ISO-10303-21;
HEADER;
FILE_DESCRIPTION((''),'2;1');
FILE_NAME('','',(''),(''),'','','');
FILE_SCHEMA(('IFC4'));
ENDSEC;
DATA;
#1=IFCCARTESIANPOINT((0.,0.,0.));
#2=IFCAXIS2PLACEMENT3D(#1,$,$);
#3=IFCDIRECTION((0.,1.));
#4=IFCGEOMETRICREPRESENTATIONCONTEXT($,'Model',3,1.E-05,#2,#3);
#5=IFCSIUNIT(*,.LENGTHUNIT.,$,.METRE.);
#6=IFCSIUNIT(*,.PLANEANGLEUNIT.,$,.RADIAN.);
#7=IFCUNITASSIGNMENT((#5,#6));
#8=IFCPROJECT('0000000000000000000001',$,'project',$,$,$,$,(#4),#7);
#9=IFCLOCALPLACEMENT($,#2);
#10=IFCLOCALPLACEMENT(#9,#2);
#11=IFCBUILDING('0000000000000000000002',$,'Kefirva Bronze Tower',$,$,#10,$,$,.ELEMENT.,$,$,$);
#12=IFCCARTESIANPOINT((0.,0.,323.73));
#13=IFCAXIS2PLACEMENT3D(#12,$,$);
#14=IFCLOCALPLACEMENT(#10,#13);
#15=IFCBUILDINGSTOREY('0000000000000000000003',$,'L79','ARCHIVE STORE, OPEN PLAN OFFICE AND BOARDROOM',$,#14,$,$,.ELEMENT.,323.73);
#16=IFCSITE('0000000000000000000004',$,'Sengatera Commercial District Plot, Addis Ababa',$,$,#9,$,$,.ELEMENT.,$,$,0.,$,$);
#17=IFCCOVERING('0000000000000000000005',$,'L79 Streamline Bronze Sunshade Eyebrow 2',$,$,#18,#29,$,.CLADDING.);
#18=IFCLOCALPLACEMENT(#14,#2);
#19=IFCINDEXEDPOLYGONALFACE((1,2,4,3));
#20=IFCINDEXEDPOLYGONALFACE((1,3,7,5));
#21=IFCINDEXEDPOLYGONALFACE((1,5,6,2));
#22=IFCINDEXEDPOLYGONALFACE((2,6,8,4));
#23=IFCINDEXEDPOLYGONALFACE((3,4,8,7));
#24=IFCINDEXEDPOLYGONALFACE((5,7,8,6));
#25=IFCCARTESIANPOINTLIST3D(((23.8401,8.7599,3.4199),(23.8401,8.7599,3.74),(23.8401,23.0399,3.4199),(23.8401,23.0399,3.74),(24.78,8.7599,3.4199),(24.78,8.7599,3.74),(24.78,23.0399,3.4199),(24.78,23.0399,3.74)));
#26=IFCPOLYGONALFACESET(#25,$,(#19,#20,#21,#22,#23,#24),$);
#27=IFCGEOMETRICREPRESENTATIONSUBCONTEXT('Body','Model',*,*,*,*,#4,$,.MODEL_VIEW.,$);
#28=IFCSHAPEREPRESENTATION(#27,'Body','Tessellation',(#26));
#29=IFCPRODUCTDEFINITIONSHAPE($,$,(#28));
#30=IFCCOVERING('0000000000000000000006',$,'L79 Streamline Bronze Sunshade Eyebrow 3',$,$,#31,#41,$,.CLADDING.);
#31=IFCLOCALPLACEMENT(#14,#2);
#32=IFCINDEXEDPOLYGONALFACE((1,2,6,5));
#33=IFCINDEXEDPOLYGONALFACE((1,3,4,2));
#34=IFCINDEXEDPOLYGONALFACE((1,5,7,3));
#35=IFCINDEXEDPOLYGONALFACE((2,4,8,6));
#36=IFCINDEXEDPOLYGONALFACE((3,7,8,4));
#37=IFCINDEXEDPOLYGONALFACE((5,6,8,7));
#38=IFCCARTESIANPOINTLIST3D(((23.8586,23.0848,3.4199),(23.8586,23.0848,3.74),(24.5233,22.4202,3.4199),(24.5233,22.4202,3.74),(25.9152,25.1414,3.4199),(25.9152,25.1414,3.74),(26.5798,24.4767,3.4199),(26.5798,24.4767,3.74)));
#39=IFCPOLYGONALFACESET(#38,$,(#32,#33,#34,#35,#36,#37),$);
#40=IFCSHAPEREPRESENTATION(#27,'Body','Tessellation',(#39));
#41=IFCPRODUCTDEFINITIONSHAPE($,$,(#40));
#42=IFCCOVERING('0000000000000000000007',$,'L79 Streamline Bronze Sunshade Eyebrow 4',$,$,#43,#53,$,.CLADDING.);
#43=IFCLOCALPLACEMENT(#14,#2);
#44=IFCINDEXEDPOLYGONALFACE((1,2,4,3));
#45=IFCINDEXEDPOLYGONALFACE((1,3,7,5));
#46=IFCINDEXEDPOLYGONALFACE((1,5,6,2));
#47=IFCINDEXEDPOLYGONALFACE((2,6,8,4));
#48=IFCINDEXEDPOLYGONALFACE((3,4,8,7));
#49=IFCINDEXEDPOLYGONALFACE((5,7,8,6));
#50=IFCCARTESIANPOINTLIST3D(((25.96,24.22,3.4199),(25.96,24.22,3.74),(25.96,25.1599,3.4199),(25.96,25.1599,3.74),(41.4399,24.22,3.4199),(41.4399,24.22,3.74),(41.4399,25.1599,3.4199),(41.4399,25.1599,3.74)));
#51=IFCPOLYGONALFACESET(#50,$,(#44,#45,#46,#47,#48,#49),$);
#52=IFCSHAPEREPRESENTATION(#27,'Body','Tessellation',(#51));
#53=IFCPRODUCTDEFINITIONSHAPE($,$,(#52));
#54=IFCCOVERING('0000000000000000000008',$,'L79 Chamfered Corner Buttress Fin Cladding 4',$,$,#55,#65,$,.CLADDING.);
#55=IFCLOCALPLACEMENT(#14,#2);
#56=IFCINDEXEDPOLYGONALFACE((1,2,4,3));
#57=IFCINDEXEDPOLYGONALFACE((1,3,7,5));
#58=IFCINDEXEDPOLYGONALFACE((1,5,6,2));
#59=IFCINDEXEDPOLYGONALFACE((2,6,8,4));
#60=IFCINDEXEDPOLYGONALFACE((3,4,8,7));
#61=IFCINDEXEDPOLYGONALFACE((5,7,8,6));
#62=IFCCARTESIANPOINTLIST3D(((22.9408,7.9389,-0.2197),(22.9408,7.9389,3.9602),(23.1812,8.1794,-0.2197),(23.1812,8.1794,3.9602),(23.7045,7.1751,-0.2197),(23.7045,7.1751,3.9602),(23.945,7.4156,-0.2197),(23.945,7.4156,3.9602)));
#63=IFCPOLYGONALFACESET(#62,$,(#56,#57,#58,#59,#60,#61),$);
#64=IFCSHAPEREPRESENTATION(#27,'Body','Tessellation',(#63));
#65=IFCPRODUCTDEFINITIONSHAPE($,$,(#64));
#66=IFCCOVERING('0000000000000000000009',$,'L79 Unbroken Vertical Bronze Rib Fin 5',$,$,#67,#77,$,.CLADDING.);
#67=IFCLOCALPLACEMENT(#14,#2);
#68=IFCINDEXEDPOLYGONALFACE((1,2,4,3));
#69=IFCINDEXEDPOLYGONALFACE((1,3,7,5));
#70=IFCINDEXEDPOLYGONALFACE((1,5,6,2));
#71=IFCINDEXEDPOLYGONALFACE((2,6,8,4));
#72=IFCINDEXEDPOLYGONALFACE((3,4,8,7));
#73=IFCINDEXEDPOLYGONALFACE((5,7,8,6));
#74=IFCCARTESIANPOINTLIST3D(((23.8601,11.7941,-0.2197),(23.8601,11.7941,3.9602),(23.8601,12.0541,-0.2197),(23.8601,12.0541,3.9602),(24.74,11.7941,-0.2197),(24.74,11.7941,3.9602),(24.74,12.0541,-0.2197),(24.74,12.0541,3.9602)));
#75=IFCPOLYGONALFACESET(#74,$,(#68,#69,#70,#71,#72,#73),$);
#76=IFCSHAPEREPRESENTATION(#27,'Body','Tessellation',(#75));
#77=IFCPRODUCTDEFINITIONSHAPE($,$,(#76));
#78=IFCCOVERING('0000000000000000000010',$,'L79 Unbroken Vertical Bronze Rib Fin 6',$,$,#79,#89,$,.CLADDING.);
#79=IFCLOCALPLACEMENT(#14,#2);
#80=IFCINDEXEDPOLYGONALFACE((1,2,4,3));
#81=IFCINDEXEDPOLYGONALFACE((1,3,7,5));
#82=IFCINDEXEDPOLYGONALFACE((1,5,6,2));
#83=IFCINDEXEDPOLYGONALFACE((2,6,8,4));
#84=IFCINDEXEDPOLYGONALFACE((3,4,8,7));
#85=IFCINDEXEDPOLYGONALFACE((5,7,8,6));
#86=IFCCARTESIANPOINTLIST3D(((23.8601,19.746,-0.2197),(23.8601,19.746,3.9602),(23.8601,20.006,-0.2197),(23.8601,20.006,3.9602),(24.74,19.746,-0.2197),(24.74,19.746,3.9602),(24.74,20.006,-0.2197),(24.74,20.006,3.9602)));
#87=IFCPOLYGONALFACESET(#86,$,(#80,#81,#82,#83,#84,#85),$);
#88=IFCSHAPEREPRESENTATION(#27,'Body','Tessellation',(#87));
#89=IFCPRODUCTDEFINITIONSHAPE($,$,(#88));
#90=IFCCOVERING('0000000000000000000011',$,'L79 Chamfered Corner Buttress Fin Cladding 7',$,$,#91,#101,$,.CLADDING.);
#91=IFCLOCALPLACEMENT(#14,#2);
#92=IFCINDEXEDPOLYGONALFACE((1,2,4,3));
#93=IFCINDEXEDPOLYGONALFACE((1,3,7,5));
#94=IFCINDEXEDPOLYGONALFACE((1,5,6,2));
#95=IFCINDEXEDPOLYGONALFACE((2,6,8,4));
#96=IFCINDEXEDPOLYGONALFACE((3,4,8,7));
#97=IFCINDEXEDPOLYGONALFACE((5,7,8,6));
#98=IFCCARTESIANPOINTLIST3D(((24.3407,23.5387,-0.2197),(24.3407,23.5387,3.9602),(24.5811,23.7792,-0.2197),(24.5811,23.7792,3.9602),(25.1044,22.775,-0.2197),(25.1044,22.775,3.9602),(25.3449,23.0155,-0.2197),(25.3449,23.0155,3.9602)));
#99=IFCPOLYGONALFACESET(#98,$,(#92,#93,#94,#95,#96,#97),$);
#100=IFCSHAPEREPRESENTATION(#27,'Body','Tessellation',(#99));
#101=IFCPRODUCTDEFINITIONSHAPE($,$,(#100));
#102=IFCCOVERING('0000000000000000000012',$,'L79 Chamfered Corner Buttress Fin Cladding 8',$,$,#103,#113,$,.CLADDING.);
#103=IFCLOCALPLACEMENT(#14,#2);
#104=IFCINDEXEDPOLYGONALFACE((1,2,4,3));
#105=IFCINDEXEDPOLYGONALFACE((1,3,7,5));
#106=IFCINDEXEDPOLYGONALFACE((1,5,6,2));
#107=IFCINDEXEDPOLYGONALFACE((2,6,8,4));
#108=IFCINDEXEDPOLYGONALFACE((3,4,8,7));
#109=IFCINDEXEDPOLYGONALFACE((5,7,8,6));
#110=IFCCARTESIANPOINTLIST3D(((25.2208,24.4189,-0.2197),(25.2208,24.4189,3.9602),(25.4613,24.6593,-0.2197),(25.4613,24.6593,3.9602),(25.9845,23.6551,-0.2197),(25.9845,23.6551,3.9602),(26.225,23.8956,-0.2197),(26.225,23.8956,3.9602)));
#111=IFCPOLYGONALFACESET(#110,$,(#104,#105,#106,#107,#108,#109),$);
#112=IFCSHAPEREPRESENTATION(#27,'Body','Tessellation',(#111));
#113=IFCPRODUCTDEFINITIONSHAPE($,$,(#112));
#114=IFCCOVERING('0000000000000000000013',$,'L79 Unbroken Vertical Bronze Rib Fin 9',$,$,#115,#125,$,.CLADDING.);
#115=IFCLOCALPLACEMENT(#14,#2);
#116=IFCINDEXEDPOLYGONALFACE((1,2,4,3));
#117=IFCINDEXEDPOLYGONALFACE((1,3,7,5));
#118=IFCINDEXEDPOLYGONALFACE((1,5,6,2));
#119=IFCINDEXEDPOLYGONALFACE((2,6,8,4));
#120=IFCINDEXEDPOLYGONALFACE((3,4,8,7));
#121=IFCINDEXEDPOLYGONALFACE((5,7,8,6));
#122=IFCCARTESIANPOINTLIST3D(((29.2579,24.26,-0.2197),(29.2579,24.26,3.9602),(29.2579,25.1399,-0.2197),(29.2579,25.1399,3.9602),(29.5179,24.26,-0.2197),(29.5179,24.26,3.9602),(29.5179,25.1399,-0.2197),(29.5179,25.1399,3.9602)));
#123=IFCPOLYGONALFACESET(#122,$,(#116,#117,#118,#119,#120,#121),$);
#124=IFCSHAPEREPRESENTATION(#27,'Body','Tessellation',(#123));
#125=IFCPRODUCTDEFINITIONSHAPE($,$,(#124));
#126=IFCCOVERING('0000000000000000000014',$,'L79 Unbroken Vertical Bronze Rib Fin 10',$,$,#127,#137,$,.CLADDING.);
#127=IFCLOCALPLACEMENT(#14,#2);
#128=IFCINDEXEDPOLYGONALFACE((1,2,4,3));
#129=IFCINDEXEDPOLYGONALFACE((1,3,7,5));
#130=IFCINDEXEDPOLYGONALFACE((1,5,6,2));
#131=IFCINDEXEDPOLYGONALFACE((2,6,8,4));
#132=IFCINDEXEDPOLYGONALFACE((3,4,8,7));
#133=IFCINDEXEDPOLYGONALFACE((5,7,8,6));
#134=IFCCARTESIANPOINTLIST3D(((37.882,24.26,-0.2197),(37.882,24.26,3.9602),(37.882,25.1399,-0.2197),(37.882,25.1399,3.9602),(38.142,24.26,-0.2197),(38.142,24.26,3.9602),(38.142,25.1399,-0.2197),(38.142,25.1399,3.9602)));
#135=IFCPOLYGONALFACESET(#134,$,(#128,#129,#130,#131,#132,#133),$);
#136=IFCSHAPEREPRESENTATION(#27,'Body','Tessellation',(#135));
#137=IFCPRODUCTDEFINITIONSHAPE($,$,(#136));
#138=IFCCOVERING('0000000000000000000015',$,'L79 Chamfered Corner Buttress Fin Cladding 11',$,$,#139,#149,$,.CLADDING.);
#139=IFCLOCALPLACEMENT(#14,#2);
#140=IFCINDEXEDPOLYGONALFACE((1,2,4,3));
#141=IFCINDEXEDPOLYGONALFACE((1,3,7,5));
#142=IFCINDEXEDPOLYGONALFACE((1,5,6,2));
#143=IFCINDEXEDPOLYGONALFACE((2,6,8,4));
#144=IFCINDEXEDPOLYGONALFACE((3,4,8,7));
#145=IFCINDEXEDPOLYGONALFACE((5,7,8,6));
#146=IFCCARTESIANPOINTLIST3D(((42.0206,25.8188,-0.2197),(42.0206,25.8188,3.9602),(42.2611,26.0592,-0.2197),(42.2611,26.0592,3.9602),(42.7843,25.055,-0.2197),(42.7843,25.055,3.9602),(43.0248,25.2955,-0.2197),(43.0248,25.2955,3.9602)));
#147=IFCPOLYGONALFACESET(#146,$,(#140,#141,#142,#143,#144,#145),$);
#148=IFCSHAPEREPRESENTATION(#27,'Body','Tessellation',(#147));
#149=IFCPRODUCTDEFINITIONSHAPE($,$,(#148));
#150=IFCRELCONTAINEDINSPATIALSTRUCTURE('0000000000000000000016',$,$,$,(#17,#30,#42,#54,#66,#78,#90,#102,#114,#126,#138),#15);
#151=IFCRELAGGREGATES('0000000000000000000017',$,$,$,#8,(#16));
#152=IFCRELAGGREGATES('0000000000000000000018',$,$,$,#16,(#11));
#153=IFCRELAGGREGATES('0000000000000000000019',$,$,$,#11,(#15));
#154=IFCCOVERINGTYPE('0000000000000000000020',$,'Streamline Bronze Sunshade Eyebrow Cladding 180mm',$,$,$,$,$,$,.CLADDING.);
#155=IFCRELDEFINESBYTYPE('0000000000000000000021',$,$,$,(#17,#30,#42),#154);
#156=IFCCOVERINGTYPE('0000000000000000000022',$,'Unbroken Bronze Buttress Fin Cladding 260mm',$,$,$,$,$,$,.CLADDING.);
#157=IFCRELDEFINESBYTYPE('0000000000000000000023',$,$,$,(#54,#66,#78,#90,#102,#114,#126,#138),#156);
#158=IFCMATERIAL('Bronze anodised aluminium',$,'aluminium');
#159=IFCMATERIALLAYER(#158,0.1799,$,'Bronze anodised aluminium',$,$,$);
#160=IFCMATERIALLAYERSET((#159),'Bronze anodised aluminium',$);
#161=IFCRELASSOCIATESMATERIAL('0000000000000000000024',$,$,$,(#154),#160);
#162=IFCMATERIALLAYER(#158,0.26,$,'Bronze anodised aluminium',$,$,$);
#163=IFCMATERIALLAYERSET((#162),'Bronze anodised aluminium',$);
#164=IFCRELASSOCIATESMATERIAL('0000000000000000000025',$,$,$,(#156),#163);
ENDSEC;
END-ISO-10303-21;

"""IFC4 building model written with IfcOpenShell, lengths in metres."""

from ifc_helpers import new_model, si_unit, direction, frame, origin, origin_2d, place, context, subcontext, project, spatial, rectangle, extrude, material, layer, layer_set, type_object, element, save


model = new_model("IFC4")

# Units and contexts
model_context = context("Model", 3, precision=1e-05, world=origin(), true_north=direction((0.0, 1.0)))
body_context = subcontext(model_context, "Body", "Model", "MODEL_VIEW")
ifc_project = project(units=[si_unit("LENGTHUNIT", "METRE"), si_unit("PLANEANGLEUNIT", "RADIAN")], contexts=[model_context])

# Site, building, storey
site_placement = place(None, origin())
site = spatial("IfcSite", under=ifc_project, at=site_placement, Name="Sengatera Commercial District Plot, Addis Ababa", CompositionType="ELEMENT", RefElevation=0.0)
building_placement = place(site_placement, origin())
building = spatial("IfcBuilding", under=site, at=building_placement, Name="Kefirva Bronze Tower", CompositionType="ELEMENT")
storey_placement = place(building_placement, frame((0.0, 0.0, 323.73)))
storey = spatial("IfcBuildingStorey", under=building, at=storey_placement, Name="L79", Description="ARCHIVE STORE, OPEN PLAN OFFICE AND BOARDROOM", CompositionType="ELEMENT", Elevation=323.73)

# Shared definitions
ifc_material_1 = material(Name="Bronze anodised aluminium", Category="aluminium")

# Coverings
ifc_layer_1 = layer(ifc_material_1, 0.1799, Name="Bronze anodised aluminium")
ifc_layer_set_1 = layer_set([ifc_layer_1], Name="Bronze anodised aluminium")
covering_type_1 = type_object("IfcCoveringType", Name="Streamline Bronze Sunshade Eyebrow Cladding 180mm", PredefinedType="CLADDING", material=ifc_layer_set_1)
covering_1_placement = place(storey_placement, frame((24.3101, 15.8999, 3.4199), z_axis=(0.0, 0.0, 1.0), x_axis=(0.0, 1.0, 0.0)))
element("IfcCovering", 1, at=covering_1_placement, inside=storey, type_object=covering_type_1, Name="L79 Streamline Bronze Sunshade Eyebrow 2", PredefinedType="CLADDING", context=body_context, shape_type="SweptSolid", body=[
    extrude(rectangle(XDim=14.28, YDim=0.9399, at=origin_2d()), origin(), (0.0, 0.0, 1.0), 0.3201),
])
covering_2_placement = place(storey_placement, frame((25.2192, 23.7808, 3.4199), z_axis=(0.0, 0.0, 1.0), x_axis=(0.707107, 0.707107, 0.0)))
element("IfcCovering", 2, at=covering_2_placement, inside=storey, type_object=covering_type_1, Name="L79 Streamline Bronze Sunshade Eyebrow 3", PredefinedType="CLADDING", context=body_context, shape_type="SweptSolid", body=[
    extrude(rectangle(XDim=2.9084, YDim=0.9399, at=origin_2d()), origin(), (0.0, 0.0, 1.0), 0.3201),
])
covering_3_placement = place(storey_placement, frame((33.7, 24.6899, 3.4199), z_axis=(0.0, 0.0, 1.0), x_axis=(1.0, 0.0, 0.0)))
element("IfcCovering", 3, at=covering_3_placement, inside=storey, type_object=covering_type_1, Name="L79 Streamline Bronze Sunshade Eyebrow 4", PredefinedType="CLADDING", context=body_context, shape_type="SweptSolid", body=[
    extrude(rectangle(XDim=15.48, YDim=0.9399, at=origin_2d()), origin(), (0.0, 0.0, 1.0), 0.3201),
])
ifc_layer_2 = layer(ifc_material_1, 0.26, Name="Bronze anodised aluminium")
ifc_layer_set_2 = layer_set([ifc_layer_2], Name="Bronze anodised aluminium")
covering_type_2 = type_object("IfcCoveringType", Name="Unbroken Bronze Buttress Fin Cladding 260mm", PredefinedType="CLADDING", material=ifc_layer_set_2)
covering_4_placement = place(storey_placement, frame((23.4429, 7.6772, -0.2197), z_axis=(0.0, 0.0, 1.0), x_axis=(0.707107, 0.707107, 0.0)))
element("IfcCovering", 4, at=covering_4_placement, inside=storey, type_object=covering_type_2, Name="L79 Chamfered Corner Buttress Fin Cladding 4", PredefinedType="CLADDING", context=body_context, shape_type="SweptSolid", body=[
    extrude(rectangle(XDim=0.3401, YDim=1.0801, at=origin_2d()), origin(), (0.0, 0.0, 1.0), 4.1799),
])
for number, where, z_axis, x_axis, name in (
    (5, (24.3, 11.9241, -0.2197), (0.0, 0.0, 1.0), (0.0, 1.0, 0.0), "L79 Unbroken Vertical Bronze Rib Fin 5"),
    (6, (24.3, 19.876, -0.2197), (0.0, 0.0, 1.0), (0.0, 1.0, 0.0), "L79 Unbroken Vertical Bronze Rib Fin 6"),
):
    element("IfcCovering", number, at=place(storey_placement, frame(where, z_axis=z_axis, x_axis=x_axis)), inside=storey, type_object=covering_type_2, Name=name, PredefinedType="CLADDING", context=body_context, shape_type="SweptSolid", body=[
        extrude(rectangle(XDim=0.26, YDim=0.8799, at=origin_2d()), origin(), (0.0, 0.0, 1.0), 4.1799),
    ])
for number, where, z_axis, x_axis, name in (
    (7, (24.8428, 23.2771, -0.2197), (0.0, 0.0, 1.0), (0.707107, 0.707107, 0.0), "L79 Chamfered Corner Buttress Fin Cladding 7"),
    (8, (25.7229, 24.1572, -0.2197), (0.0, 0.0, 1.0), (0.707107, 0.707107, 0.0), "L79 Chamfered Corner Buttress Fin Cladding 8"),
):
    element("IfcCovering", number, at=place(storey_placement, frame(where, z_axis=z_axis, x_axis=x_axis)), inside=storey, type_object=covering_type_2, Name=name, PredefinedType="CLADDING", context=body_context, shape_type="SweptSolid", body=[
        extrude(rectangle(XDim=0.3401, YDim=1.0801, at=origin_2d()), origin(), (0.0, 0.0, 1.0), 4.1799),
    ])
for number, where, z_axis, x_axis, name in (
    (9, (29.3879, 24.7, -0.2197), (0.0, 0.0, 1.0), (1.0, 0.0, 0.0), "L79 Unbroken Vertical Bronze Rib Fin 9"),
    (10, (38.012, 24.7, -0.2197), (0.0, 0.0, 1.0), (1.0, 0.0, 0.0), "L79 Unbroken Vertical Bronze Rib Fin 10"),
):
    element("IfcCovering", number, at=place(storey_placement, frame(where, z_axis=z_axis, x_axis=x_axis)), inside=storey, type_object=covering_type_2, Name=name, PredefinedType="CLADDING", context=body_context, shape_type="SweptSolid", body=[
        extrude(rectangle(XDim=0.26, YDim=0.8799, at=origin_2d()), origin(), (0.0, 0.0, 1.0), 4.1799),
    ])
covering_5_placement = place(storey_placement, frame((42.5227, 25.5571, -0.2197), z_axis=(0.0, 0.0, 1.0), x_axis=(0.707107, 0.707107, 0.0)))
element("IfcCovering", 11, at=covering_5_placement, inside=storey, type_object=covering_type_2, Name="L79 Chamfered Corner Buttress Fin Cladding 11", PredefinedType="CLADDING", context=body_context, shape_type="SweptSolid", body=[
    extrude(rectangle(XDim=0.3401, YDim=1.0801, at=origin_2d()), origin(), (0.0, 0.0, 1.0), 4.1799),
])

save(model, "model.ifc")
